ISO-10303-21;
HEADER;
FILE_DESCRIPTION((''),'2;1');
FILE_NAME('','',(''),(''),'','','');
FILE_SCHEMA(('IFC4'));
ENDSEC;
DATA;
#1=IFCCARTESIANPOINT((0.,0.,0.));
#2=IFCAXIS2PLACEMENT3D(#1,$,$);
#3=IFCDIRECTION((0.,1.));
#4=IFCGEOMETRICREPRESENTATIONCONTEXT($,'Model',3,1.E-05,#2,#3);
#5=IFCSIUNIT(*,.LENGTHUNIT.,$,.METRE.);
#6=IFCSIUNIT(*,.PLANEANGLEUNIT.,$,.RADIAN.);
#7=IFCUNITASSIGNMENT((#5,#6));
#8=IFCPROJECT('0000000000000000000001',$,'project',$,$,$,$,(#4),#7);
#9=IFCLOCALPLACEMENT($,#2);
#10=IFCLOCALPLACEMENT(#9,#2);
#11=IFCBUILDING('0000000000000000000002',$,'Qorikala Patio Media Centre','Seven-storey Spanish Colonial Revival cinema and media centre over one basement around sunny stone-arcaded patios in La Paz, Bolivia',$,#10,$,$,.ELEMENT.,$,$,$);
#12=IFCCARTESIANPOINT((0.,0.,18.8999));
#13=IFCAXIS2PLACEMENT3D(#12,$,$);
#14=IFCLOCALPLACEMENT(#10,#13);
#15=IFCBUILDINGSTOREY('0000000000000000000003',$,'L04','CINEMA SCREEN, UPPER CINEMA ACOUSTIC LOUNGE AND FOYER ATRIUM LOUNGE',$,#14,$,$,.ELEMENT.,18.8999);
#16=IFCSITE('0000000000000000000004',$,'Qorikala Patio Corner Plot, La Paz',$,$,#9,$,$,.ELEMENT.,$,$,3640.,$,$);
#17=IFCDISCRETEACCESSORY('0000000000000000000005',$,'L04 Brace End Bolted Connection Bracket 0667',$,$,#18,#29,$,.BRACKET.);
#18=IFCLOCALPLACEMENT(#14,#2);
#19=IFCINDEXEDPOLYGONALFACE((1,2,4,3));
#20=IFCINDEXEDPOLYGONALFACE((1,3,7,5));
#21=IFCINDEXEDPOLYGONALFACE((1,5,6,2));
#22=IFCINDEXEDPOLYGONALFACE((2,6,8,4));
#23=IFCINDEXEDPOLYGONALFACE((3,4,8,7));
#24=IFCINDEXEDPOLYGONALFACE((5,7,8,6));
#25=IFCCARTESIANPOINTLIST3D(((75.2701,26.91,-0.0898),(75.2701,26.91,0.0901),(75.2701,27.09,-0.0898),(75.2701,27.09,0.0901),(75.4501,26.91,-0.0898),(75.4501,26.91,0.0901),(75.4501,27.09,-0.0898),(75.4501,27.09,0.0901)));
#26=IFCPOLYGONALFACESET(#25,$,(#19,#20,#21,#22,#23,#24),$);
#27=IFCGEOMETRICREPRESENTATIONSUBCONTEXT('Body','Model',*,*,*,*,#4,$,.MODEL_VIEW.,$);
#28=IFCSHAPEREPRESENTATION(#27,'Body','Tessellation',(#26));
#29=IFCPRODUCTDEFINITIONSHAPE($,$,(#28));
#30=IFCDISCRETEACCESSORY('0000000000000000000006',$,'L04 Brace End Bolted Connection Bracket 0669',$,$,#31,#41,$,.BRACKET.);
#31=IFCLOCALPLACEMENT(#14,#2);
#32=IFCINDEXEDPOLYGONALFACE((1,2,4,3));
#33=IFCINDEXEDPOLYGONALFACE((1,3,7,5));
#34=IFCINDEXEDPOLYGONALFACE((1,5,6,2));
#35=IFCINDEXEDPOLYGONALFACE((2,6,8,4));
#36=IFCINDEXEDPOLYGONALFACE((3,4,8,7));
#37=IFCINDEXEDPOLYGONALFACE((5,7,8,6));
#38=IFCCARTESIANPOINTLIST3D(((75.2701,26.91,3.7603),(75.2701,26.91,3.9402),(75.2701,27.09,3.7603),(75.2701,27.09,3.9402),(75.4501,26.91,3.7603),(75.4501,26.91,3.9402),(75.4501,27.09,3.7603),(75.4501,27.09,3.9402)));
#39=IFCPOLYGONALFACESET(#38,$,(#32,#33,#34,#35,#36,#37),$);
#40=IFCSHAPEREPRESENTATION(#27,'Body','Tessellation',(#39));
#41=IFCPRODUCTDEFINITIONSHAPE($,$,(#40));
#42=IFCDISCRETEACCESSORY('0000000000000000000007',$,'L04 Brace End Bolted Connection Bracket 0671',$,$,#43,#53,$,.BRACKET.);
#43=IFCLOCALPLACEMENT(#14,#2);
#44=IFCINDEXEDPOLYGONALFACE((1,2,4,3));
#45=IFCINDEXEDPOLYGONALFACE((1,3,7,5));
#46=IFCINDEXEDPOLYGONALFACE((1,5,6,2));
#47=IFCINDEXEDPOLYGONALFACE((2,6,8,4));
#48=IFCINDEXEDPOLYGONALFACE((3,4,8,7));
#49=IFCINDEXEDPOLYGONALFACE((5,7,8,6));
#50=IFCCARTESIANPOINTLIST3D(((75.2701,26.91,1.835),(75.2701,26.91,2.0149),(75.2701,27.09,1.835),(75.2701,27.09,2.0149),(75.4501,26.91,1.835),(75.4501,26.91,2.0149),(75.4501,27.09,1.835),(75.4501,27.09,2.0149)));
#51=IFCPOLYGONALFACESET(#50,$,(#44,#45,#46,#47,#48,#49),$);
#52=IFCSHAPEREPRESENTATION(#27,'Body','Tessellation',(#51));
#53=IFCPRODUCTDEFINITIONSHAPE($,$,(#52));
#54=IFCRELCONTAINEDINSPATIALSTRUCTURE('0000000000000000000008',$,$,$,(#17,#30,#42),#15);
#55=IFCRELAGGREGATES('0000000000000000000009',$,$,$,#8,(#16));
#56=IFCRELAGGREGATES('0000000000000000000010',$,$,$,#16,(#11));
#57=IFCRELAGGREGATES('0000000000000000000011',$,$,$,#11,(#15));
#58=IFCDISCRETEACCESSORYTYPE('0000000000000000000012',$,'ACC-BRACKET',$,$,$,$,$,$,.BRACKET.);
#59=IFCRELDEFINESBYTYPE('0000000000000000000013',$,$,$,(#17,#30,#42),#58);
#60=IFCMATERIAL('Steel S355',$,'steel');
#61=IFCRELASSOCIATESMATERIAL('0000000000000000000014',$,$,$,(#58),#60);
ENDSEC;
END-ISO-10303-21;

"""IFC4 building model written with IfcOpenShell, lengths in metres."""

from ifc_helpers import new_model, si_unit, direction, frame, origin, origin_2d, place, context, subcontext, project, spatial, rectangle, extrude, material, type_object, element, save


model = new_model("IFC4")

# Units and contexts
model_context = context("Model", 3, precision=1e-05, world=origin(), true_north=direction((0.0, 1.0)))
body_context = subcontext(model_context, "Body", "Model", "MODEL_VIEW")
ifc_project = project(units=[si_unit("LENGTHUNIT", "METRE"), si_unit("PLANEANGLEUNIT", "RADIAN")], contexts=[model_context])

# Site, building, storey
site_placement = place(None, origin())
site = spatial("IfcSite", under=ifc_project, at=site_placement, Name="Qorikala Patio Corner Plot, La Paz", CompositionType="ELEMENT", RefElevation=3640.0)
building_placement = place(site_placement, origin())
building = spatial("IfcBuilding", under=site, at=building_placement, Name="Qorikala Patio Media Centre", Description="Seven-storey Spanish Colonial Revival cinema and media centre over one basement around sunny stone-arcaded patios in La Paz, Bolivia", CompositionType="ELEMENT")
storey_placement = place(building_placement, frame((0.0, 0.0, 18.8999)))
storey = spatial("IfcBuildingStorey", under=building, at=storey_placement, Name="L04", Description="CINEMA SCREEN, UPPER CINEMA ACOUSTIC LOUNGE AND FOYER ATRIUM LOUNGE", CompositionType="ELEMENT", Elevation=18.8999)

# Discrete accessories
ifc_material_1 = material(Name="Steel S355", Category="steel")
discrete_accessory_type = type_object("IfcDiscreteAccessoryType", Name="ACC-BRACKET", PredefinedType="BRACKET", material=ifc_material_1)
for number, where, z_axis, x_axis, name in (
    (1, (75.3601, 27.0, -0.0898), (0.0, 0.0, 1.0), (1.0, 0.0, 0.0), "L04 Brace End Bolted Connection Bracket 0667"),
    (2, (75.3601, 27.0, 3.7603), (0.0, 0.0, 1.0), (1.0, 0.0, 0.0), "L04 Brace End Bolted Connection Bracket 0669"),
    (3, (75.3601, 27.0, 1.835), (0.0, 0.0, 1.0), (1.0, 0.0, 0.0), "L04 Brace End Bolted Connection Bracket 0671"),
):
    element("IfcDiscreteAccessory", number, at=place(storey_placement, frame(where, z_axis=z_axis, x_axis=x_axis)), inside=storey, type_object=discrete_accessory_type, Name=name, PredefinedType="BRACKET", context=body_context, shape_type="SweptSolid", body=[
        extrude(rectangle(XDim=0.1799, YDim=0.1799, at=origin_2d()), origin(), (0.0, 0.0, 1.0), 0.1799),
    ])

save(model, "model.ifc")
